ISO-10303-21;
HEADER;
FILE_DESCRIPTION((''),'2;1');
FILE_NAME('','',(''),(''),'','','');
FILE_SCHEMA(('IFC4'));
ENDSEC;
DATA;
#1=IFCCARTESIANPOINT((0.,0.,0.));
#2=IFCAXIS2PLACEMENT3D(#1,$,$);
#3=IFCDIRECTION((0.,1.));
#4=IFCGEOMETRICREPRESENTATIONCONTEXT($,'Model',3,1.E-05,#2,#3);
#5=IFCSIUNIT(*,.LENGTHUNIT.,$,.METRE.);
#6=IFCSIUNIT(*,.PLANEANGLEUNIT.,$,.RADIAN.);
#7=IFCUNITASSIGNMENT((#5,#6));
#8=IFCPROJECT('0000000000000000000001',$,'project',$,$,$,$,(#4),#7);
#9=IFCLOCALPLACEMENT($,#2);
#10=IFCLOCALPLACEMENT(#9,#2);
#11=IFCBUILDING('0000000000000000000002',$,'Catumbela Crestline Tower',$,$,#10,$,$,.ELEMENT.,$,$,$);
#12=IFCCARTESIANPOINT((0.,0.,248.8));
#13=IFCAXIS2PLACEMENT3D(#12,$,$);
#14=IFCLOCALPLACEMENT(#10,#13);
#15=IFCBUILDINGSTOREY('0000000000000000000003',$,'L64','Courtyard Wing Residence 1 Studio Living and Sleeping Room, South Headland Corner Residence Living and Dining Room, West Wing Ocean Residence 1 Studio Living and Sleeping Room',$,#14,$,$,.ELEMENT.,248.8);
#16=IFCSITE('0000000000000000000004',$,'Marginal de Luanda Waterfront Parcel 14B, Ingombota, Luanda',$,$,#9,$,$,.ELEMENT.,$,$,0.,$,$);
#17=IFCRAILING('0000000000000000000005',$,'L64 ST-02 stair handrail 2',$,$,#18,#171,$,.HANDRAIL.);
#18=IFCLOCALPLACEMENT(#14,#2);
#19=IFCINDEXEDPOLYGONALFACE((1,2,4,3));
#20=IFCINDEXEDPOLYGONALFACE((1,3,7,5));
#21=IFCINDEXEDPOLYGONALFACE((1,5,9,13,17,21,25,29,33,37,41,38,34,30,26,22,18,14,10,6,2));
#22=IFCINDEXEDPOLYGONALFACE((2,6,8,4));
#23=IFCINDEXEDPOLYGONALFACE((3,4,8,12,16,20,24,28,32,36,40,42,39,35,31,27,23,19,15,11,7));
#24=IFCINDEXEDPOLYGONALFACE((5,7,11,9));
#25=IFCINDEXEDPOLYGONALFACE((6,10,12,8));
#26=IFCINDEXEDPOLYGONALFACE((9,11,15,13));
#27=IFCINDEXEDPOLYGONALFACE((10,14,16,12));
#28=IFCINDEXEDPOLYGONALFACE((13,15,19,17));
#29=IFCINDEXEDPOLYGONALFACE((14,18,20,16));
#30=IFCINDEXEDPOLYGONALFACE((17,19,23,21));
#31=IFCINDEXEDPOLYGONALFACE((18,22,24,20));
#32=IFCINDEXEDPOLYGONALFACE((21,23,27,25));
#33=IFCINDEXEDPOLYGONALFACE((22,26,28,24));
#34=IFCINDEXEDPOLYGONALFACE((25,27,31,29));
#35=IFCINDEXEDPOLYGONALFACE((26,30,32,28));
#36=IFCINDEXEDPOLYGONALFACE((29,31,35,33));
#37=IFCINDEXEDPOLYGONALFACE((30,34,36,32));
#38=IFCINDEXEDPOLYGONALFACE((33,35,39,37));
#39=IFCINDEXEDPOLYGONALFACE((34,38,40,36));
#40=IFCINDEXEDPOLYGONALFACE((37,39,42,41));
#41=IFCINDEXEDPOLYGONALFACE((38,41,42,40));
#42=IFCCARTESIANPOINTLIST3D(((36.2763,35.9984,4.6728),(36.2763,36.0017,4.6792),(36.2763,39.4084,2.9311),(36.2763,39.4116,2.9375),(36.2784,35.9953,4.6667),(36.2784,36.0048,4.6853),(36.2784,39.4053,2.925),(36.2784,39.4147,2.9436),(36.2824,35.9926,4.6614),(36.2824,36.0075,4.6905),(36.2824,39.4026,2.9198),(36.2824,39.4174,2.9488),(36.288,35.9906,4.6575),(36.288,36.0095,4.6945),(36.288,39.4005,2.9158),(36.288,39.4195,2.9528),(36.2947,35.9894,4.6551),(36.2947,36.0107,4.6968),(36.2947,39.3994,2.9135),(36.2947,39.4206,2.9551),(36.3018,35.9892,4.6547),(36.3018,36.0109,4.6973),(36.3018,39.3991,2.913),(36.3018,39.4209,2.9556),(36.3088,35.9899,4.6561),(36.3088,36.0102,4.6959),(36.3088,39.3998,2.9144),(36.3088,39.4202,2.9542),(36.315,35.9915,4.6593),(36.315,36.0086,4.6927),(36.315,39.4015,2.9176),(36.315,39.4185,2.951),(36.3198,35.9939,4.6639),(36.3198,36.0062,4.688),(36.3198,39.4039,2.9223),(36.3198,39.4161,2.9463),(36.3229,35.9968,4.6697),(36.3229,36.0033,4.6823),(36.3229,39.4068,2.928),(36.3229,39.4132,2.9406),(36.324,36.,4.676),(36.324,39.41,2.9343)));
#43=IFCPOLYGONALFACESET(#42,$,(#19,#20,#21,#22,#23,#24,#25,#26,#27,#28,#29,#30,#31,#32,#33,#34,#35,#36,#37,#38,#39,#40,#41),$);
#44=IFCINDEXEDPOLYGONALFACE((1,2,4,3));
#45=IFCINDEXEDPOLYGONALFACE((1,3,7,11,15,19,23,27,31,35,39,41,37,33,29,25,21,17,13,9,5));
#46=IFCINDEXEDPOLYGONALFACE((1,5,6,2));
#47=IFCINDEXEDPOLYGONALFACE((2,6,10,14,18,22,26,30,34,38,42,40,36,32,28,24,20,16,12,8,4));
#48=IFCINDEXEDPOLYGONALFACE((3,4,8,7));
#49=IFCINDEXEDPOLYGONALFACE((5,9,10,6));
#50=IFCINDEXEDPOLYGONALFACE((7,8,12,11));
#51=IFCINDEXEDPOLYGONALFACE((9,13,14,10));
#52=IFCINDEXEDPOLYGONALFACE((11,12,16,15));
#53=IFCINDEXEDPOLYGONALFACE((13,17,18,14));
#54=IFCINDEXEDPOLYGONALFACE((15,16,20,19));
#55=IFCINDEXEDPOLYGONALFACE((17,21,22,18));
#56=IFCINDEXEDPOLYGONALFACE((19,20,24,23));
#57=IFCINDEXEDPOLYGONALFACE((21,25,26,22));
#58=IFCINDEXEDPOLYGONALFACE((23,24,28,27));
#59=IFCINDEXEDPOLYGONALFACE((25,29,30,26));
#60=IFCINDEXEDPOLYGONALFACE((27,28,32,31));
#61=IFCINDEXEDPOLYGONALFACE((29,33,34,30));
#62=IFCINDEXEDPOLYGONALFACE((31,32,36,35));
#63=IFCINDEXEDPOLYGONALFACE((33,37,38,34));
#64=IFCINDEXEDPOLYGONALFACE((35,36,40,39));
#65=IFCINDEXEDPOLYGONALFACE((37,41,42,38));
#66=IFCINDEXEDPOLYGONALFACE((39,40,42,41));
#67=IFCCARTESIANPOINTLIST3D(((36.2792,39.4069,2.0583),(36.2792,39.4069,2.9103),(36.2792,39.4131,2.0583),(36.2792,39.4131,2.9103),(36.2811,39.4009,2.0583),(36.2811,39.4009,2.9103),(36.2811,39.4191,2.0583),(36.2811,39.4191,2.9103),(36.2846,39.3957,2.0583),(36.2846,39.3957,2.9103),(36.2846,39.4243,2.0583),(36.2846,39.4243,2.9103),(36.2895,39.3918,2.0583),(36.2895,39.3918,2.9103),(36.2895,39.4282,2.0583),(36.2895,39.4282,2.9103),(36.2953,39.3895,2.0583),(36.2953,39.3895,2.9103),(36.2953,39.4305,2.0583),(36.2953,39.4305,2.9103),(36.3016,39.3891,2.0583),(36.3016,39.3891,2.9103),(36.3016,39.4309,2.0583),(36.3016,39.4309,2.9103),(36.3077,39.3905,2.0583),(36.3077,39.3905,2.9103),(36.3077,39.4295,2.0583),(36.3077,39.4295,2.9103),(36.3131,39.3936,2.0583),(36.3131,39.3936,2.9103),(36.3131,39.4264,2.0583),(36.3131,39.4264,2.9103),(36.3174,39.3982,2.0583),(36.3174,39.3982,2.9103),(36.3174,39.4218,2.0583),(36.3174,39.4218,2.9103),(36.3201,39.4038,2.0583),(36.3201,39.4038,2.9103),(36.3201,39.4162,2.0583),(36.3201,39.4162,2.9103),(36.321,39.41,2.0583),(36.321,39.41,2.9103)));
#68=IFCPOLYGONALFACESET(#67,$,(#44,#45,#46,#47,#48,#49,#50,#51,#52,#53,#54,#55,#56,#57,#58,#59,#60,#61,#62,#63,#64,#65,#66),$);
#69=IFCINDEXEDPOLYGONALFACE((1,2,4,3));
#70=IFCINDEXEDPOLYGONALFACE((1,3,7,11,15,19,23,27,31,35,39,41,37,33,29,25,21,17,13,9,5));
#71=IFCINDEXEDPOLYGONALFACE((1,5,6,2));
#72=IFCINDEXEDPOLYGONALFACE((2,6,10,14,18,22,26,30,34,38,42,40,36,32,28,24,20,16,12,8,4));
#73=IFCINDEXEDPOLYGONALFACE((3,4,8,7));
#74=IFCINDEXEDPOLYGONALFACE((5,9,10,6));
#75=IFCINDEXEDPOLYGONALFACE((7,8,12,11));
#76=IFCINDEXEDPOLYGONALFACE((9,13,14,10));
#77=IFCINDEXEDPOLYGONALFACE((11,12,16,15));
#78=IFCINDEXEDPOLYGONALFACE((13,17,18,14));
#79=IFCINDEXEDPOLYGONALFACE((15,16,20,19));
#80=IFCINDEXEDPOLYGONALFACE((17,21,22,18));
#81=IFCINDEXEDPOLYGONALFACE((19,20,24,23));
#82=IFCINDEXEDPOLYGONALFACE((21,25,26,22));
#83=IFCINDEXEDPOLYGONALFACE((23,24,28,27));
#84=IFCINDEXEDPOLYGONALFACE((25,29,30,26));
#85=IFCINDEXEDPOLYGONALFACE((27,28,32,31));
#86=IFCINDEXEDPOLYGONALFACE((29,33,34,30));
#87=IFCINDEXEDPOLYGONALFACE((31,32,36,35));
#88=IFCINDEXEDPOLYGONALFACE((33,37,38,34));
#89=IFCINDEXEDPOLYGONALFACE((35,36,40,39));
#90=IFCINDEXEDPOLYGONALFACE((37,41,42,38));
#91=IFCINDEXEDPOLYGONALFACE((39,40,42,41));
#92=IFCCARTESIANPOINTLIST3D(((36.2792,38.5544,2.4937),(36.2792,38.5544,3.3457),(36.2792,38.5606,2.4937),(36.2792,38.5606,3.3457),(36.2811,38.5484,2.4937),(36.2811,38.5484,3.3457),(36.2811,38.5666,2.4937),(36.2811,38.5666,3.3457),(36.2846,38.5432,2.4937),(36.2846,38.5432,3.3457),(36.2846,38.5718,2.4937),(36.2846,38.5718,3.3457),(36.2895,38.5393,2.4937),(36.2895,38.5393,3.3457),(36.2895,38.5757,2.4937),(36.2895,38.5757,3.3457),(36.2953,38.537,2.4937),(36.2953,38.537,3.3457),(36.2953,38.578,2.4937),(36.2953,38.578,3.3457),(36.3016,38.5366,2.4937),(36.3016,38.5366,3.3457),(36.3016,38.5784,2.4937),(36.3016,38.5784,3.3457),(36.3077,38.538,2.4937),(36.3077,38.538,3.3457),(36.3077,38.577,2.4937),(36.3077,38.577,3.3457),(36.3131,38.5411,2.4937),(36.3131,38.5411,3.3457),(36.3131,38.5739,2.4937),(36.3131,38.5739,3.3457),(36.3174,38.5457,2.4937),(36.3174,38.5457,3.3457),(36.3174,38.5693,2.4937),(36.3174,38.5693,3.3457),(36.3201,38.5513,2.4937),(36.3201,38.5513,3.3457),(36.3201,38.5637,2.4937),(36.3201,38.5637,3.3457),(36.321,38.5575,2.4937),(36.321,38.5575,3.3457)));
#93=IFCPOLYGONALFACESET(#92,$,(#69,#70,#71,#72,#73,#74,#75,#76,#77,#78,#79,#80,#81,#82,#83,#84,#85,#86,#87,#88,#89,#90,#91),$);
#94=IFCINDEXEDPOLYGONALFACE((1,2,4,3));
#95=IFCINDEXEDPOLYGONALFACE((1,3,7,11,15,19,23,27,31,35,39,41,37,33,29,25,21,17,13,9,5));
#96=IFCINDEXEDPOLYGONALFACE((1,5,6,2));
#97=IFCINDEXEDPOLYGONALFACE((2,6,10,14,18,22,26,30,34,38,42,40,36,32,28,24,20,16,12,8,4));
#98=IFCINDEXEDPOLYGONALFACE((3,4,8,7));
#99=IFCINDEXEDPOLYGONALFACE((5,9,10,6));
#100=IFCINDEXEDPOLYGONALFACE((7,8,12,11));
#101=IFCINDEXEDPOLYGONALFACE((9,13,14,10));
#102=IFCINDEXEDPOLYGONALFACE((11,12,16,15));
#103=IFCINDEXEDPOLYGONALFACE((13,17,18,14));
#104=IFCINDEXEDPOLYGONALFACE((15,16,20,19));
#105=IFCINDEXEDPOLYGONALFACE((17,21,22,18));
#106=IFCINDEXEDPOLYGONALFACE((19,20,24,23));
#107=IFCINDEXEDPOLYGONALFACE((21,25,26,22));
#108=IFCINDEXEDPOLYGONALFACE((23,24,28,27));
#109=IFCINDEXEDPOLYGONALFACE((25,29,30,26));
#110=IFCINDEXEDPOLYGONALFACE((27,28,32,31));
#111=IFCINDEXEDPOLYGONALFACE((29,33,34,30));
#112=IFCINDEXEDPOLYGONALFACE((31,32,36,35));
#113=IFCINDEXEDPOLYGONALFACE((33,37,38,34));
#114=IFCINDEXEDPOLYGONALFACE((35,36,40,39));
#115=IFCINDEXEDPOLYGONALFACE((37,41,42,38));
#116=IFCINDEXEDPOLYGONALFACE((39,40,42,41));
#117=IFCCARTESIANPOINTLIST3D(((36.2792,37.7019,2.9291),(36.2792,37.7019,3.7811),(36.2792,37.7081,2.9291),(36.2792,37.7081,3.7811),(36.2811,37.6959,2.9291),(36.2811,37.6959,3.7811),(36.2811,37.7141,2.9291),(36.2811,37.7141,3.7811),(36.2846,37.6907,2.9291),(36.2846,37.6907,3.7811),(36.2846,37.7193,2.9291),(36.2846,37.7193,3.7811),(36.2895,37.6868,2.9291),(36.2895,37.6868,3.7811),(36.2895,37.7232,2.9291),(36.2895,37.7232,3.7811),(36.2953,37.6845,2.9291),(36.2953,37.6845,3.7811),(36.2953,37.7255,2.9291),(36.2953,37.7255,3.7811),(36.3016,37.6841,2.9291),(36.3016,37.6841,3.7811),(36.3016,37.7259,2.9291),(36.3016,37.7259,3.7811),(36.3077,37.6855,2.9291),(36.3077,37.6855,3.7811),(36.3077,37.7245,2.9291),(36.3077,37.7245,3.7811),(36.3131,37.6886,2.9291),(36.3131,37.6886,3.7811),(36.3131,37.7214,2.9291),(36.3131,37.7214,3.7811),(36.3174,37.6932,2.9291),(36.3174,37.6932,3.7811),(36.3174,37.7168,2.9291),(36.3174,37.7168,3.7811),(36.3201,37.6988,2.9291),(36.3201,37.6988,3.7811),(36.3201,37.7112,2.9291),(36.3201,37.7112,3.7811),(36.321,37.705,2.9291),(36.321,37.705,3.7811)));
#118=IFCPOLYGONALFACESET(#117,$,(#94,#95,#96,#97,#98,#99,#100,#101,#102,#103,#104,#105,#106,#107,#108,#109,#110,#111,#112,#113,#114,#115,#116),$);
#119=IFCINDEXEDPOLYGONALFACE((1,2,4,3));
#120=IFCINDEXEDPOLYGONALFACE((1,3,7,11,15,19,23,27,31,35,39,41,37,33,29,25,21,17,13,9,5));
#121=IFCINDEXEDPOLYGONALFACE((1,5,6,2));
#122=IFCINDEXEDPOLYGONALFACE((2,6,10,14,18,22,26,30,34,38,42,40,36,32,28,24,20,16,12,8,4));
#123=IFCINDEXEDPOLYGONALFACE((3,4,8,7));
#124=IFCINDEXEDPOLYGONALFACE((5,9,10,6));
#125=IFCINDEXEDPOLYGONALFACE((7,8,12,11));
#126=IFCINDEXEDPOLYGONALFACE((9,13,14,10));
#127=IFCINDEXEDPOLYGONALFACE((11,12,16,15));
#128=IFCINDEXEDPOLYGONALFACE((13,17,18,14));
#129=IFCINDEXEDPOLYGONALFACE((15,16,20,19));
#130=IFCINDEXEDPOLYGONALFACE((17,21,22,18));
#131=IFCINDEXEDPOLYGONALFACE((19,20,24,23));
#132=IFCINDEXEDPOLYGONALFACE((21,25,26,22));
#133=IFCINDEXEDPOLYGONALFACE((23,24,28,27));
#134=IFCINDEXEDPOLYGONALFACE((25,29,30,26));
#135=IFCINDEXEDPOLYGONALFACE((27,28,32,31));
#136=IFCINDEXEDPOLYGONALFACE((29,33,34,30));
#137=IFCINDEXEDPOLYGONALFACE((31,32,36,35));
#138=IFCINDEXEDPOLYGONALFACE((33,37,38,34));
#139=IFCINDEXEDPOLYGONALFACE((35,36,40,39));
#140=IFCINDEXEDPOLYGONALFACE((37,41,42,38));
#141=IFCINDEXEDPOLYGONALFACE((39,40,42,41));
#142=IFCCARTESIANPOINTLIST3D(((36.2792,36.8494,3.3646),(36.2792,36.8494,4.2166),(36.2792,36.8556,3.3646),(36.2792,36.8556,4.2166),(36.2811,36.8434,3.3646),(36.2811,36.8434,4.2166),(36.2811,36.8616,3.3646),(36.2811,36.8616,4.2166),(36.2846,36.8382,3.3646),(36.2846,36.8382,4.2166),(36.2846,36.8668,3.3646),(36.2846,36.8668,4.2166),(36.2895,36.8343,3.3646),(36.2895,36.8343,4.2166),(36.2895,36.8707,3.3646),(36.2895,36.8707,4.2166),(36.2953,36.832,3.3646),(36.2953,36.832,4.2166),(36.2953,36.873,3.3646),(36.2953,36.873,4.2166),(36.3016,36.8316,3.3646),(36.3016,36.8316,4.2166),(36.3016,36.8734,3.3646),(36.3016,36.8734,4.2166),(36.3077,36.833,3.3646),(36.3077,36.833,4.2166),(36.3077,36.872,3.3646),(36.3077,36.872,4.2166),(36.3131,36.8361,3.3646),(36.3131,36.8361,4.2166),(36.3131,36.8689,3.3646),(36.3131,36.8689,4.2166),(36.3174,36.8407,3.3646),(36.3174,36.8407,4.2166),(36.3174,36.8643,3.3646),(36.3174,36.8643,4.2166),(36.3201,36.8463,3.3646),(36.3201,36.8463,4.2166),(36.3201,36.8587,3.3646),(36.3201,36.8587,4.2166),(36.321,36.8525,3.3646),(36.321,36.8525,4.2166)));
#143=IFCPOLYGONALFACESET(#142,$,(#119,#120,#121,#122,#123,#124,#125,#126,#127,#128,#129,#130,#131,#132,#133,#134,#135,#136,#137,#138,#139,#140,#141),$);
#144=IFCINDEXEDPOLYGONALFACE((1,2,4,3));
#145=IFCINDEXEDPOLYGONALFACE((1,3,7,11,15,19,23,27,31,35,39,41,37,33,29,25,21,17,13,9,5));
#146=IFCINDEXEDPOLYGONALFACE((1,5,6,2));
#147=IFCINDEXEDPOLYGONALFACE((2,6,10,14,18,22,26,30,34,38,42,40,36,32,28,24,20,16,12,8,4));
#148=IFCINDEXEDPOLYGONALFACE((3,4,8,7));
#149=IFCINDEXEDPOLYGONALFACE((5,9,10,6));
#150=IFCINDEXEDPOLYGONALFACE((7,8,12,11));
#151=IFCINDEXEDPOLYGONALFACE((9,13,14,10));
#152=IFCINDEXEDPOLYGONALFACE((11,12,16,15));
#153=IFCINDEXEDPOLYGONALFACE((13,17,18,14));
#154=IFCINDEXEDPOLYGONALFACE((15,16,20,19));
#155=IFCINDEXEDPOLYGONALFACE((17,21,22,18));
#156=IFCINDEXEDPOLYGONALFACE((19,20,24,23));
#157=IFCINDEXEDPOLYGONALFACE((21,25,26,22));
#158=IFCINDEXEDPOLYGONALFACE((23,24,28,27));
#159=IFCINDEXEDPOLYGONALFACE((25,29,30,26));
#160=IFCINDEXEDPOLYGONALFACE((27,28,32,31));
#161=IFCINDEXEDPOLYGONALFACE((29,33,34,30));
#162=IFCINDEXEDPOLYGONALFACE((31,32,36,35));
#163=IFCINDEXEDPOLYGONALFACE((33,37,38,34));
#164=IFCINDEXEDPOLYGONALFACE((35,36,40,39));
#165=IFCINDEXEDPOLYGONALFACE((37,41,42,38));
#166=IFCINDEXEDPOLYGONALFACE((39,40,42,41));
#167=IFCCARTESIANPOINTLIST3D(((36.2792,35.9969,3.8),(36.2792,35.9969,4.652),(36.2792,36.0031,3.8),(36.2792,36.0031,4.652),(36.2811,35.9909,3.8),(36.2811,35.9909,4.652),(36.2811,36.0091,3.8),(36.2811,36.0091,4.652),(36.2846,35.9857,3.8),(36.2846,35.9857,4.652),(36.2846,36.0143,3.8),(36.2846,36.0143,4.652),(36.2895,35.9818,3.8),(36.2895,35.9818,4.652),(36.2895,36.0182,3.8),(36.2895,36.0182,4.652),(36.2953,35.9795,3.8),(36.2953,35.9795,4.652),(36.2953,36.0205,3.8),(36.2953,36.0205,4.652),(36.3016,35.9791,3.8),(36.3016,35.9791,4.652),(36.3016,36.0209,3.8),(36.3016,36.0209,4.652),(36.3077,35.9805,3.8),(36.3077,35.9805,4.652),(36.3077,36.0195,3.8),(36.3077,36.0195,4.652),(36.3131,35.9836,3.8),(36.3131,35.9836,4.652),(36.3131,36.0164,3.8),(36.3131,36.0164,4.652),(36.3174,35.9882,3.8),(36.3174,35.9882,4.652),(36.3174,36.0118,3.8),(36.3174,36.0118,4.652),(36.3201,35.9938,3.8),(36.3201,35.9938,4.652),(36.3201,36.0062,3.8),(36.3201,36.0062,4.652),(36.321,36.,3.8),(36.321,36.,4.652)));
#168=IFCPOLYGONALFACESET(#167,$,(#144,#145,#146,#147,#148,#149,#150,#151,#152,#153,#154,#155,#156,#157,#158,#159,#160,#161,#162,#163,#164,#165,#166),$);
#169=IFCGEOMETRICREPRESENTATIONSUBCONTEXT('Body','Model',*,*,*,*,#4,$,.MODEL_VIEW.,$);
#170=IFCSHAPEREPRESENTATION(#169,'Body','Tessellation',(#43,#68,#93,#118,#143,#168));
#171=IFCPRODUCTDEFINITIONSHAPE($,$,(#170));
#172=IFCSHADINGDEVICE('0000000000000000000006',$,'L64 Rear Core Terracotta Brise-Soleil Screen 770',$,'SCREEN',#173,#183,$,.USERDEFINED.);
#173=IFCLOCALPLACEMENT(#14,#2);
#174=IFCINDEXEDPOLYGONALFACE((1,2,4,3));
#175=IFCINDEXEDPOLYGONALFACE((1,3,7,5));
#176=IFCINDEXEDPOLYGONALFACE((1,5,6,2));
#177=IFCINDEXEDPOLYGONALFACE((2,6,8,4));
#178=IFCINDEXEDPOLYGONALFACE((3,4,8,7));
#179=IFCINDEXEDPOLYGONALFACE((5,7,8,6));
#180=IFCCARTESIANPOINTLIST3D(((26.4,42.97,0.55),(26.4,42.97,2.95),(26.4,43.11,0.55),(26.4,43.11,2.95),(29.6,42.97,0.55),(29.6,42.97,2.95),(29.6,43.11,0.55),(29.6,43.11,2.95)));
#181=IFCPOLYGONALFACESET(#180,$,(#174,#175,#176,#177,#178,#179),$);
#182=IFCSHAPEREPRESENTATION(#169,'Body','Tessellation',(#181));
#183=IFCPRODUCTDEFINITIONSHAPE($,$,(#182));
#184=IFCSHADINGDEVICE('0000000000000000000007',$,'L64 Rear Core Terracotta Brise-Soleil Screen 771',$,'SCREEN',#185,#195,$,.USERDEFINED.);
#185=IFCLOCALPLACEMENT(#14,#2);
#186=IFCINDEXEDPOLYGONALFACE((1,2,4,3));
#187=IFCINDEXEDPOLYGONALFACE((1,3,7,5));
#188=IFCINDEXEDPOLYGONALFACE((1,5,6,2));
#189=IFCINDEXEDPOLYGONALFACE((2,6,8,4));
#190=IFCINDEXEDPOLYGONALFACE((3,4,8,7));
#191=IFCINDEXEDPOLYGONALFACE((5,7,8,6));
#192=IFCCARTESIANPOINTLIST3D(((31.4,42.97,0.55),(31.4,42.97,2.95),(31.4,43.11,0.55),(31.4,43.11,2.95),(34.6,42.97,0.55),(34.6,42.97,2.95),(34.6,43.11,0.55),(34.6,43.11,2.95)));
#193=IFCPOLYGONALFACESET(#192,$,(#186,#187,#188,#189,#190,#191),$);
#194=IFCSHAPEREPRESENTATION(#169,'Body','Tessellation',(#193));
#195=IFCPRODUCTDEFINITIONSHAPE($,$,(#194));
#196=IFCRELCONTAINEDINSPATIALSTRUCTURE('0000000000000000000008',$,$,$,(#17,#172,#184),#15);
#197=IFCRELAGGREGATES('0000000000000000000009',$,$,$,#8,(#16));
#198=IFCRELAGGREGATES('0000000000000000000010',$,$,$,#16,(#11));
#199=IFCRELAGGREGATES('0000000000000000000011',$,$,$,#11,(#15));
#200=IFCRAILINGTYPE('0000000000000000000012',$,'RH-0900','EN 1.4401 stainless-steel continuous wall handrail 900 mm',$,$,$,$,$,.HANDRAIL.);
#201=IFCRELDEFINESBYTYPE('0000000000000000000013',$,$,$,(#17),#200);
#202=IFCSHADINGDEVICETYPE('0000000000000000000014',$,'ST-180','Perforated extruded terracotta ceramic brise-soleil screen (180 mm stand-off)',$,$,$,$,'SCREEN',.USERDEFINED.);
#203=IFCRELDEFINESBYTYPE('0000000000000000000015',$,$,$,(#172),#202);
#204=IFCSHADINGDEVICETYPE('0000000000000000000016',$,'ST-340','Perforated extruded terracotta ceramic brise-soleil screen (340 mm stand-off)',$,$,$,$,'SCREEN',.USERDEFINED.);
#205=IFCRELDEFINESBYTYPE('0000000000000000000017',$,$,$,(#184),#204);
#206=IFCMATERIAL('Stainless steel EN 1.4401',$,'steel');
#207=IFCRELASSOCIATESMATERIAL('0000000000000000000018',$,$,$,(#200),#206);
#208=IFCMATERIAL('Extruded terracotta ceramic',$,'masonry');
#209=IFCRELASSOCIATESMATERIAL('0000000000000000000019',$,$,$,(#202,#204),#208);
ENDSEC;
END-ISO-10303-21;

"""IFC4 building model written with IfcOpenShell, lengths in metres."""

from ifc_helpers import new_model, si_unit, direction, frame, origin, origin_2d, place, context, subcontext, project, spatial, rectangle, circle, extrude, material, type_object, element, save


model = new_model("IFC4")

# Units and contexts
model_context = context("Model", 3, precision=1e-05, world=origin(), true_north=direction((0.0, 1.0)))
body_context = subcontext(model_context, "Body", "Model", "MODEL_VIEW")
ifc_project = project(units=[si_unit("LENGTHUNIT", "METRE"), si_unit("PLANEANGLEUNIT", "RADIAN")], contexts=[model_context])

# Site, building, storey
site_placement = place(None, origin())
site = spatial("IfcSite", under=ifc_project, at=site_placement, Name="Marginal de Luanda Waterfront Parcel 14B, Ingombota, Luanda", CompositionType="ELEMENT", RefElevation=0.0)
building_placement = place(site_placement, origin())
building = spatial("IfcBuilding", under=site, at=building_placement, Name="Catumbela Crestline Tower", CompositionType="ELEMENT")
storey_placement = place(building_placement, frame((0.0, 0.0, 248.8)))
storey = spatial("IfcBuildingStorey", under=building, at=storey_placement, Name="L64", Description="Courtyard Wing Residence 1 Studio Living and Sleeping Room, South Headland Corner Residence Living and Dining Room, West Wing Ocean Residence 1 Studio Living and Sleeping Room", CompositionType="ELEMENT", Elevation=248.8)

# Shared definitions
ifc_material_1 = material(Name="Stainless steel EN 1.4401", Category="steel")

# Railing
railing_type = type_object("IfcRailingType", Name="RH-0900", Description="EN 1.4401 stainless-steel continuous wall handrail 900 mm", PredefinedType="HANDRAIL", material=ifc_material_1)
railing_placement = place(storey_placement, frame((36.3, 39.41, 2.0583)))
element("IfcRailing", 1, at=railing_placement, inside=storey, type_object=railing_type, Name="L64 ST-02 stair handrail 2", PredefinedType="HANDRAIL", context=body_context, shape_type="SweptSolid", body=[
    extrude(circle(Radius=0.024, at=origin_2d()), frame((0.0, 0.0, 0.876), z_axis=(0.0, -0.89056, 0.454865), x_axis=(1.0, 0.0, 0.0)), (0.0, 0.0, 1.0), 3.829),
    extrude(circle(Radius=0.021, at=origin_2d()), origin(), (0.0, 0.0, 1.0), 0.852),
    extrude(circle(Radius=0.021, at=origin_2d()), frame((0.0, -0.8525, 0.4354)), (0.0, 0.0, 1.0), 0.852),
    extrude(circle(Radius=0.021, at=origin_2d()), frame((0.0, -1.705, 0.8708)), (0.0, 0.0, 1.0), 0.852),
    extrude(circle(Radius=0.021, at=origin_2d()), frame((0.0, -2.5575, 1.3063)), (0.0, 0.0, 1.0), 0.852),
    extrude(circle(Radius=0.021, at=origin_2d()), frame((0.0, -3.41, 1.7417)), (0.0, 0.0, 1.0), 0.852),
])

# Shading devices
ifc_material_2 = material(Name="Extruded terracotta ceramic", Category="masonry")
shading_device_type_1 = type_object("IfcShadingDeviceType", Name="ST-180", Description="Perforated extruded terracotta ceramic brise-soleil screen (180 mm stand-off)", ElementType="SCREEN", PredefinedType="USERDEFINED", material=ifc_material_2)
shading_device_1_placement = place(storey_placement, frame((28.0, 43.04, 0.55), z_axis=(0.0, 0.0, 1.0), x_axis=(1.0, 0.0, 0.0)))
element("IfcShadingDevice", 2, at=shading_device_1_placement, inside=storey, type_object=shading_device_type_1, Name="L64 Rear Core Terracotta Brise-Soleil Screen 770", ObjectType="SCREEN", PredefinedType="USERDEFINED", context=body_context, shape_type="SweptSolid", body=[
    extrude(rectangle(XDim=3.2, YDim=0.14, at=origin_2d()), origin(), (0.0, 0.0, 1.0), 2.4),
])
shading_device_type_2 = type_object("IfcShadingDeviceType", Name="ST-340", Description="Perforated extruded terracotta ceramic brise-soleil screen (340 mm stand-off)", ElementType="SCREEN", PredefinedType="USERDEFINED", material=ifc_material_2)
shading_device_2_placement = place(storey_placement, frame((33.0, 43.04, 0.55), z_axis=(0.0, 0.0, 1.0), x_axis=(1.0, 0.0, 0.0)))
element("IfcShadingDevice", 3, at=shading_device_2_placement, inside=storey, type_object=shading_device_type_2, Name="L64 Rear Core Terracotta Brise-Soleil Screen 771", ObjectType="SCREEN", PredefinedType="USERDEFINED", context=body_context, shape_type="SweptSolid", body=[
    extrude(rectangle(XDim=3.2, YDim=0.14, at=origin_2d()), origin(), (0.0, 0.0, 1.0), 2.4),
])

save(model, "model.ifc")
